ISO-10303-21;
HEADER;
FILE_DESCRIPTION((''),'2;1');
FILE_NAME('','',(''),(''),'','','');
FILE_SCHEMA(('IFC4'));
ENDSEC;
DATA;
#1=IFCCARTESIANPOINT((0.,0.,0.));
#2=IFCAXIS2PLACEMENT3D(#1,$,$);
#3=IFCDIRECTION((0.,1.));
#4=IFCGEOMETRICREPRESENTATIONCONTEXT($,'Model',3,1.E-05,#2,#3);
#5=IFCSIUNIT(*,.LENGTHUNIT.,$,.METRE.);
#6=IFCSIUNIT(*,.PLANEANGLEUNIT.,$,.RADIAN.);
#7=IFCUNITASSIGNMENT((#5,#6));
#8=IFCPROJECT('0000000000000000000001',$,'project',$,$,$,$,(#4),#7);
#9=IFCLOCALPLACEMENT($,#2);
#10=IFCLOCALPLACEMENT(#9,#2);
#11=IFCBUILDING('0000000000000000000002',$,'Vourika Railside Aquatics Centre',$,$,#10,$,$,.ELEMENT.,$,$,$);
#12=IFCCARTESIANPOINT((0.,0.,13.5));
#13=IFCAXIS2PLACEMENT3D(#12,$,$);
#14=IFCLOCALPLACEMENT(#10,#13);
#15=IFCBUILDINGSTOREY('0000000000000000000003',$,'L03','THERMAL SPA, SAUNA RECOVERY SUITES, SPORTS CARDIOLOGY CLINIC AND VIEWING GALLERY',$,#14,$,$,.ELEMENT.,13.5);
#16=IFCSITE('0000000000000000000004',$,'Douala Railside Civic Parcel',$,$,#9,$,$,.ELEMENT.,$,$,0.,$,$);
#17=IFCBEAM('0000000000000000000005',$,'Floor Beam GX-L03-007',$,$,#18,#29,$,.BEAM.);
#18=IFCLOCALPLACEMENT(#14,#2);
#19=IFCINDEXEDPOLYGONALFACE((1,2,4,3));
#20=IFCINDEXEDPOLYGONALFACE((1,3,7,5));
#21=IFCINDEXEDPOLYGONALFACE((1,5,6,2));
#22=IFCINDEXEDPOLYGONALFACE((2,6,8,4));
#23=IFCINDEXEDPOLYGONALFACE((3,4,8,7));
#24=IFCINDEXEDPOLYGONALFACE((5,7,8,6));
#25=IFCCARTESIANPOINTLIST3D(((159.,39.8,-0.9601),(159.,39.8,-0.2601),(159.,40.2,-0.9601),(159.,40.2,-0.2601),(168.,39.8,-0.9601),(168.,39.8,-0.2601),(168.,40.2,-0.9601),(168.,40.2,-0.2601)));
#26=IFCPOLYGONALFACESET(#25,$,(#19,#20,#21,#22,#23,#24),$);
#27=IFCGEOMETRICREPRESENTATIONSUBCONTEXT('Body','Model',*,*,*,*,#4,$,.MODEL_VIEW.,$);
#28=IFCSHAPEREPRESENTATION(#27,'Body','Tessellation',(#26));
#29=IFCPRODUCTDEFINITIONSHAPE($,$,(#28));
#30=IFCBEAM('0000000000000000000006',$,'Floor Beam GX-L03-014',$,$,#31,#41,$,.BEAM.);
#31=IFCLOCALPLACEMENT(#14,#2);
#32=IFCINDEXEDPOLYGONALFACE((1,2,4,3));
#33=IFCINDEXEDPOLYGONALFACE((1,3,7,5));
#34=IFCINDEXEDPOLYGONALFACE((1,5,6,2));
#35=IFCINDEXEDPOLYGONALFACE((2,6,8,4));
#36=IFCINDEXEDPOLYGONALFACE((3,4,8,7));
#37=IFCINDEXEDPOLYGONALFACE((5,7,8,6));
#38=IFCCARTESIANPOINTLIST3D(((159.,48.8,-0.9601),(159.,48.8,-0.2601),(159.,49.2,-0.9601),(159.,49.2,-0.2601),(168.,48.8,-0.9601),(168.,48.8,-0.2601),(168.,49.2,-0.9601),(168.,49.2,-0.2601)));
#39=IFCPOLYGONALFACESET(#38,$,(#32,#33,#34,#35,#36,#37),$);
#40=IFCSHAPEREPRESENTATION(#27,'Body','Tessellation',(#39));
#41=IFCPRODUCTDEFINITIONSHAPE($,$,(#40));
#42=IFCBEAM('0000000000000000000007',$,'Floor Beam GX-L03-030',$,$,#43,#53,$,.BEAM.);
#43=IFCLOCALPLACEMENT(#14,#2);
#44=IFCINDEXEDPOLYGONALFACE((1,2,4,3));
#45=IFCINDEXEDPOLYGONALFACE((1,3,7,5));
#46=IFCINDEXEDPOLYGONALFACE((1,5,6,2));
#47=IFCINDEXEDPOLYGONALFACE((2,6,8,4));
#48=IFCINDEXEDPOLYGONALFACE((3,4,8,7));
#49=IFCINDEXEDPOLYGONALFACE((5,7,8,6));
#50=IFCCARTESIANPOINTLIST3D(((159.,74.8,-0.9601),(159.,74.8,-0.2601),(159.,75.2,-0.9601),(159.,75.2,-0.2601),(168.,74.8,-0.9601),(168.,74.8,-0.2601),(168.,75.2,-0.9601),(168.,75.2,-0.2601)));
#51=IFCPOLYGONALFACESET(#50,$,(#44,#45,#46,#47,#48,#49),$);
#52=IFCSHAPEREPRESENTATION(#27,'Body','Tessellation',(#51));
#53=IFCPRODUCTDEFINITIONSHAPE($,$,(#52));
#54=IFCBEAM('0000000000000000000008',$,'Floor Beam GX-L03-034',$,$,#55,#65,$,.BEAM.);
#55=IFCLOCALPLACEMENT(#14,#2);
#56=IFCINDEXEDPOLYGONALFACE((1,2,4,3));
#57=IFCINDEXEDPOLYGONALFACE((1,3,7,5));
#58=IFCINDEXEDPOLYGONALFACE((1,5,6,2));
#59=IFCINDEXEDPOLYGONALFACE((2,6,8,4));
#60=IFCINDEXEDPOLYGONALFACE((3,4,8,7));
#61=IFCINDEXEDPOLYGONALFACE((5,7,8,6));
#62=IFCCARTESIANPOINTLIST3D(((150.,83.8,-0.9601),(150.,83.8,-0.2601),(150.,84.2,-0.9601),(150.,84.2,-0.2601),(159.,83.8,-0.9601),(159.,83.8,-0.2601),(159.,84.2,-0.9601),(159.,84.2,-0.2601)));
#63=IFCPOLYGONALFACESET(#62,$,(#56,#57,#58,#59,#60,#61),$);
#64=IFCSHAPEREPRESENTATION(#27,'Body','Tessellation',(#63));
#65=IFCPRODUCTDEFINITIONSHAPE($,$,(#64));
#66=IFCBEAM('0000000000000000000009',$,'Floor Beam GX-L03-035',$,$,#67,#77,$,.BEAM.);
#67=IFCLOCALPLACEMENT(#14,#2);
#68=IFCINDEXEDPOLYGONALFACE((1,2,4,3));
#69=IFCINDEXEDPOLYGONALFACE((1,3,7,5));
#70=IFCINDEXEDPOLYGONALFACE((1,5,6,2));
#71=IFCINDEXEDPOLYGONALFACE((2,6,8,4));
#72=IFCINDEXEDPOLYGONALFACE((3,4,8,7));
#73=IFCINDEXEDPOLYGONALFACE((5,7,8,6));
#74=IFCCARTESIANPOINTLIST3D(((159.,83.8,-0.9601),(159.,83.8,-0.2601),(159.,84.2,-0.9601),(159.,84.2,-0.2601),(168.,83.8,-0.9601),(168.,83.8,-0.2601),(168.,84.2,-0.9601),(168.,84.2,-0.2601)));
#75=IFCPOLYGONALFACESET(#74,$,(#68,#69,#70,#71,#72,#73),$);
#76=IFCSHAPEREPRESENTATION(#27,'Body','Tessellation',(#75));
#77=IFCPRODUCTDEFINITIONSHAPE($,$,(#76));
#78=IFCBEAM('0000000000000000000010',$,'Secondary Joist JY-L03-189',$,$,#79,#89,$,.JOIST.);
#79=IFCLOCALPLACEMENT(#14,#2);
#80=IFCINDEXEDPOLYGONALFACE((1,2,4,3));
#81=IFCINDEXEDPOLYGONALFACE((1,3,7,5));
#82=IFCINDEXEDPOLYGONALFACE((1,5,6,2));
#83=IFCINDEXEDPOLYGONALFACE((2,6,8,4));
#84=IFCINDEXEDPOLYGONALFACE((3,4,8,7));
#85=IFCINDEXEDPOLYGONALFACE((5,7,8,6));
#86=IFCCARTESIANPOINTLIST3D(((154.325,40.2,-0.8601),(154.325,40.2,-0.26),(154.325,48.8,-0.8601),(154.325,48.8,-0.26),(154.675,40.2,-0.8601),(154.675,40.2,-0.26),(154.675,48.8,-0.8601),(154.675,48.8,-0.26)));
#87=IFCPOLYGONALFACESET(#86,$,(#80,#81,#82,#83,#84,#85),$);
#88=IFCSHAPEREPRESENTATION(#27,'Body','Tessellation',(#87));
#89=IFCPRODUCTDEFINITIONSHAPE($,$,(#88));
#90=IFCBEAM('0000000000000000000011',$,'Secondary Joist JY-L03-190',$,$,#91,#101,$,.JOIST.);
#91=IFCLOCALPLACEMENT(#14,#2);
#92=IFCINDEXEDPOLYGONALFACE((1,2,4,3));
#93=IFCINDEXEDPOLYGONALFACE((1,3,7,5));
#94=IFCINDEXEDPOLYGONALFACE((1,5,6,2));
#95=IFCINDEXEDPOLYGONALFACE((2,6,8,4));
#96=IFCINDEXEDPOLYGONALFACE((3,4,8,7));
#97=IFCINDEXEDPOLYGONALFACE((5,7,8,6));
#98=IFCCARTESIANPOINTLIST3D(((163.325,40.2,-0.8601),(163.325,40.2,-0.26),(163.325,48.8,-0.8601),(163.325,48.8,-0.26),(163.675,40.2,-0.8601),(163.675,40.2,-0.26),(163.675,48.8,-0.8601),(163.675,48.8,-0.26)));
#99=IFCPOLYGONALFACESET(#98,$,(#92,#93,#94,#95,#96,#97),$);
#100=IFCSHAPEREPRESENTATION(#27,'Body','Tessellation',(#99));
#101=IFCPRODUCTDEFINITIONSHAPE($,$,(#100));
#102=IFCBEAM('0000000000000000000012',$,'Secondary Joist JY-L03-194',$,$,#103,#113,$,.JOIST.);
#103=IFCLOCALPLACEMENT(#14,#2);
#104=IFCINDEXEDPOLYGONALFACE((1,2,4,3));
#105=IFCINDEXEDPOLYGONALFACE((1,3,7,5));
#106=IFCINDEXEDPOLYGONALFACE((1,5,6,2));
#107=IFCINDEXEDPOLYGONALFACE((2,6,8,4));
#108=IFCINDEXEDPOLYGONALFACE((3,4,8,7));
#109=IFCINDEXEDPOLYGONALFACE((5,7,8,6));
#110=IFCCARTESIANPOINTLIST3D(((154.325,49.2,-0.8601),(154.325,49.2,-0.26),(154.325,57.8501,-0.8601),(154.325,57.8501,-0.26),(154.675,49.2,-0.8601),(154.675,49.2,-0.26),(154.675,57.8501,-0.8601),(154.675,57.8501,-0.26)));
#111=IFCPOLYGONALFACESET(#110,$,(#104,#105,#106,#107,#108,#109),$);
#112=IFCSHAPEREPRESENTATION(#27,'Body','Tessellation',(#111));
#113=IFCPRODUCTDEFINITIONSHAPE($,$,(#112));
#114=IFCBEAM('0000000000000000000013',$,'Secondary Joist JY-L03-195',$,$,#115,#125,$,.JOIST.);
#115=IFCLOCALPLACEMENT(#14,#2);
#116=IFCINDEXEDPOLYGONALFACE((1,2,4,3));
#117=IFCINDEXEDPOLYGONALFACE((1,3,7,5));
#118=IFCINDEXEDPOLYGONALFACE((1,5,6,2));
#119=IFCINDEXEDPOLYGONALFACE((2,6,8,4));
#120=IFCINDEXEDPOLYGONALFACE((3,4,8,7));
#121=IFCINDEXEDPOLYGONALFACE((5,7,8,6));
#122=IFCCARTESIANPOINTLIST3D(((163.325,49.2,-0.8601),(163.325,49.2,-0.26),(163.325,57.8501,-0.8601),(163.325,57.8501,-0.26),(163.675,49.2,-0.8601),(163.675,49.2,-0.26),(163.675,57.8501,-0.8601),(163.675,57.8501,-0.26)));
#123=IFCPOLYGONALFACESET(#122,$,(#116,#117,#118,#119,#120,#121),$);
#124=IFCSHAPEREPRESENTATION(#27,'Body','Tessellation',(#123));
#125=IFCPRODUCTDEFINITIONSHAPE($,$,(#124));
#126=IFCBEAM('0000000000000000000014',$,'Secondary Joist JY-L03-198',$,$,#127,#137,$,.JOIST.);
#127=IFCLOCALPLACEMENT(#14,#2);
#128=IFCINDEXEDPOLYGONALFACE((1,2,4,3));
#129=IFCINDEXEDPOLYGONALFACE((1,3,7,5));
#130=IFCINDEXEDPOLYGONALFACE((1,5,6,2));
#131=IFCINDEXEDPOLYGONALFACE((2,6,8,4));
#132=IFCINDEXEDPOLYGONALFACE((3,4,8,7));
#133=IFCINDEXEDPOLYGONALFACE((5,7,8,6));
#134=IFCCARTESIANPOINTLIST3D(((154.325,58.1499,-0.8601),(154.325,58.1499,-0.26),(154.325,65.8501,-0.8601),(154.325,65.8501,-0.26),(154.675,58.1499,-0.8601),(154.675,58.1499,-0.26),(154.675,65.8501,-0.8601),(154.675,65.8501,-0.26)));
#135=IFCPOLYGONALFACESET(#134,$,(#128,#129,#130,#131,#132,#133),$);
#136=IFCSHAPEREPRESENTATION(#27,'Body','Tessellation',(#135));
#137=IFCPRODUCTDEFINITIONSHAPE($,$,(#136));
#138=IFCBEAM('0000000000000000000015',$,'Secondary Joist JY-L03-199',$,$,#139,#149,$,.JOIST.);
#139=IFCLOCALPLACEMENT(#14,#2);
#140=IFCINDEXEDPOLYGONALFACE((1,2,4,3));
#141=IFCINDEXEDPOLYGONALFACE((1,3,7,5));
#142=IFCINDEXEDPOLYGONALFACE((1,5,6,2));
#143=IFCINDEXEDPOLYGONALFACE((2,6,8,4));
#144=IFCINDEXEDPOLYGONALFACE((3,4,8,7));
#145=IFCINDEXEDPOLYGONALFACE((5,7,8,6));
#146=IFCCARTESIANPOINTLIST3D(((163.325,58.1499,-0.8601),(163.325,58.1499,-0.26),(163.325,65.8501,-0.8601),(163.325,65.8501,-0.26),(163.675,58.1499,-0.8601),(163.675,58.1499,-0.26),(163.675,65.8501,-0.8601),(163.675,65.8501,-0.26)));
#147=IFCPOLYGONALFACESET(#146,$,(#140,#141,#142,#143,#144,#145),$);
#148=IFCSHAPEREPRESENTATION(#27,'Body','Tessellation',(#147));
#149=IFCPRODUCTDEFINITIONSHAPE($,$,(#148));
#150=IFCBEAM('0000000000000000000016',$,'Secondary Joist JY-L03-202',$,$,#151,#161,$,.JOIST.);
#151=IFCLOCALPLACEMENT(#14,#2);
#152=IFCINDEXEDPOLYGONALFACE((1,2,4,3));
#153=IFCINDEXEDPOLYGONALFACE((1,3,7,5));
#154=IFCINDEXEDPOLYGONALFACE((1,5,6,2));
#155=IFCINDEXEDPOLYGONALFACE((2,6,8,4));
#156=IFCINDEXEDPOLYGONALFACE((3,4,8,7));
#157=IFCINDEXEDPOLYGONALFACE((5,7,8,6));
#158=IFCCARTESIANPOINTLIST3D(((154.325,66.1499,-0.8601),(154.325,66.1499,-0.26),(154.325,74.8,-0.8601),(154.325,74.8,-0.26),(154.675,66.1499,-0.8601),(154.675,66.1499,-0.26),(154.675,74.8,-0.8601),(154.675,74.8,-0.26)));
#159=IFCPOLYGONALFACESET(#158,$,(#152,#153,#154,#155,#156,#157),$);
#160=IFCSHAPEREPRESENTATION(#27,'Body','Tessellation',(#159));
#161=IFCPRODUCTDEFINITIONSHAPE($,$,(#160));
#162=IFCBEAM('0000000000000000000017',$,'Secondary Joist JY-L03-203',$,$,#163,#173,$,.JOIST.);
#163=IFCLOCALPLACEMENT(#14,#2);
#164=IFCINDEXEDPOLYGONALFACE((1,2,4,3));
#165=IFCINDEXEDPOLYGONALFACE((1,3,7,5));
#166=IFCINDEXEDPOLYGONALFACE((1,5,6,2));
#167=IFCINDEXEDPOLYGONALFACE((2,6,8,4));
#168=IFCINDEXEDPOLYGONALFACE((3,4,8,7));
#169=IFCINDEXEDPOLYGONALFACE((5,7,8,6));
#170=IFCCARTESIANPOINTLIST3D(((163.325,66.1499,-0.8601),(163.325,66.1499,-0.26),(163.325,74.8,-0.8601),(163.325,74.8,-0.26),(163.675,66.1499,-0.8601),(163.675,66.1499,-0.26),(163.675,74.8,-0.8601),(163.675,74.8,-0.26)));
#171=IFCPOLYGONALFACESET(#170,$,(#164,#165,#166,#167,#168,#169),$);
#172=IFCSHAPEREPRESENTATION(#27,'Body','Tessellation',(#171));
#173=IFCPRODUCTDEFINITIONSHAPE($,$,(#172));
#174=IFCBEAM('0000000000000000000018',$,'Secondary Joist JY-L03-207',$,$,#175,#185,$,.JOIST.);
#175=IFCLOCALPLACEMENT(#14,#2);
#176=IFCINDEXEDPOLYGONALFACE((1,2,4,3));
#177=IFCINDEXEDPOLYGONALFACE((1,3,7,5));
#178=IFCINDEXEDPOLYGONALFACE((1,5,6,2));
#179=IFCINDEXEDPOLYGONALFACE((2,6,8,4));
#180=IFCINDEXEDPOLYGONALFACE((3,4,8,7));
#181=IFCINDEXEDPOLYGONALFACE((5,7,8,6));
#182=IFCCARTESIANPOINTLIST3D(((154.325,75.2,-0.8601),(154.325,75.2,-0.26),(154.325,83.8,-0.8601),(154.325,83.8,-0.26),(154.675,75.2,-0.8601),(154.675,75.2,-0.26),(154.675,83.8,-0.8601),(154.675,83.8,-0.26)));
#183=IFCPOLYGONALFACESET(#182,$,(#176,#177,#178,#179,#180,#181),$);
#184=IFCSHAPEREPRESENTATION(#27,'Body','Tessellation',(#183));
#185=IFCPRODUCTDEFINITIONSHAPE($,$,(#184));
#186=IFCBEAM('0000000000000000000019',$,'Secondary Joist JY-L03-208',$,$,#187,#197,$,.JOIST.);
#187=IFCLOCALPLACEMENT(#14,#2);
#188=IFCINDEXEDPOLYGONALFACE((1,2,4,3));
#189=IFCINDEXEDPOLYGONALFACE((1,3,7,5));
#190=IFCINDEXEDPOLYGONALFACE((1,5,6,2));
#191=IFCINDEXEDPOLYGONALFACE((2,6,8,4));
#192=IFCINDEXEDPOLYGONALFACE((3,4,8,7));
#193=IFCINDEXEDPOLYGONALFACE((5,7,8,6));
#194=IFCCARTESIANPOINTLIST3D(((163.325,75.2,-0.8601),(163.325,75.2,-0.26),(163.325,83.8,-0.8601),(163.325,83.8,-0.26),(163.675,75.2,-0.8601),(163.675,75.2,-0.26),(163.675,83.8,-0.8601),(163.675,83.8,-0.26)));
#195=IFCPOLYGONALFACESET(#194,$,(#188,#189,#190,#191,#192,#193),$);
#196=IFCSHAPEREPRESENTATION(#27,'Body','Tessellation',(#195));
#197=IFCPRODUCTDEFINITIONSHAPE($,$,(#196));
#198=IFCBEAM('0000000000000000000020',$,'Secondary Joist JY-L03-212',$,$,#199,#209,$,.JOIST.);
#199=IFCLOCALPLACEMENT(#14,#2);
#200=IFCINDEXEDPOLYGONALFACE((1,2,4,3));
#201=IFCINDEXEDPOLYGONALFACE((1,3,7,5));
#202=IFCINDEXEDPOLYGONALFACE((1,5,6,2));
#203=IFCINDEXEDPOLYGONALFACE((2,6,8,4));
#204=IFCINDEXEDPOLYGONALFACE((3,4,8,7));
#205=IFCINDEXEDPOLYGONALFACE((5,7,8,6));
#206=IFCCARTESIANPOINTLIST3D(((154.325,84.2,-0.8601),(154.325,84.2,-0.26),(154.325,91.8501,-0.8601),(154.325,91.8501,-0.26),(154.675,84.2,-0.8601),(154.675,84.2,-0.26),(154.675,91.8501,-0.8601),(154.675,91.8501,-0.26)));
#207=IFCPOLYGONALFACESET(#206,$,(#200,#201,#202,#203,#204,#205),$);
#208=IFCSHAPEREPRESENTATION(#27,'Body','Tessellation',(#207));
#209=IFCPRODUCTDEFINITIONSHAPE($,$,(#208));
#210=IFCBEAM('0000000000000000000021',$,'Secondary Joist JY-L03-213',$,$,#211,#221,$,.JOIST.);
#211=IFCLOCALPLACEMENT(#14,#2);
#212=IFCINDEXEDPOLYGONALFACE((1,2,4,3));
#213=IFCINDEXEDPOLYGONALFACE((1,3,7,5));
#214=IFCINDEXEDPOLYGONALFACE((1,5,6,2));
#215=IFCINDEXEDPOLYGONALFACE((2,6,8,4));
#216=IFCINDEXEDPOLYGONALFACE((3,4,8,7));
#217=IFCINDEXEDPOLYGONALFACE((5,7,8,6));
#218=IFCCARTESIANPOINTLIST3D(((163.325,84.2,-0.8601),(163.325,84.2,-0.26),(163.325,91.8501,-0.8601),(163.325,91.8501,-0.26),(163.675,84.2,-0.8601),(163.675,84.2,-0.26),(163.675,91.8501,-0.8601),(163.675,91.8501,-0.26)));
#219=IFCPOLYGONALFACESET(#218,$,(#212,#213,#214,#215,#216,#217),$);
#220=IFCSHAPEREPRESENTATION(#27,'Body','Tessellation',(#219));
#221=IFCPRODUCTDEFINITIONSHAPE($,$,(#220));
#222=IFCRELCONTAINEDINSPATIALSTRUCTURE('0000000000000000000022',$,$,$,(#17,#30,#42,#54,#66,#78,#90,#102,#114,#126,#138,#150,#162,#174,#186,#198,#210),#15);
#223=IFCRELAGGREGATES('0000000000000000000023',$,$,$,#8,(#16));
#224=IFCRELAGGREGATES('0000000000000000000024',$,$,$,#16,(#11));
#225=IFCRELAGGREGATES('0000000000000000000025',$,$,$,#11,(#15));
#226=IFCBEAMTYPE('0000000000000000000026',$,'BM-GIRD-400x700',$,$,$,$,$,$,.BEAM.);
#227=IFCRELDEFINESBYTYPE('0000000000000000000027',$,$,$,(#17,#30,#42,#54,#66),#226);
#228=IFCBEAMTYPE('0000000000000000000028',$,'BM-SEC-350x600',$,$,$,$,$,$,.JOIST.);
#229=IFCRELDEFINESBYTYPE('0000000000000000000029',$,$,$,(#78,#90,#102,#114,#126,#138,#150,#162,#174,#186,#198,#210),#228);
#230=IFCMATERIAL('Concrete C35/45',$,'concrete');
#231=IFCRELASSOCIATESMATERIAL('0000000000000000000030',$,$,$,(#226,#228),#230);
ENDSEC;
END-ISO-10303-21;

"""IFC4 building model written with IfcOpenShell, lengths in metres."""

from ifc_helpers import new_model, si_unit, direction, frame, origin, origin_2d, place, context, subcontext, project, spatial, rectangle, extrude, material, material_profile, profile_set, type_object, element, save


model = new_model("IFC4")

# Units and contexts
model_context = context("Model", 3, precision=1e-05, world=origin(), true_north=direction((0.0, 1.0)))
body_context = subcontext(model_context, "Body", "Model", "MODEL_VIEW")
ifc_project = project(units=[si_unit("LENGTHUNIT", "METRE"), si_unit("PLANEANGLEUNIT", "RADIAN")], contexts=[model_context])

# Site, building, storey
site_placement = place(None, origin())
site = spatial("IfcSite", under=ifc_project, at=site_placement, Name="Douala Railside Civic Parcel", CompositionType="ELEMENT", RefElevation=0.0)
building_placement = place(site_placement, origin())
building = spatial("IfcBuilding", under=site, at=building_placement, Name="Vourika Railside Aquatics Centre", CompositionType="ELEMENT")
storey_placement = place(building_placement, frame((0.0, 0.0, 13.5)))
storey = spatial("IfcBuildingStorey", under=building, at=storey_placement, Name="L03", Description="THERMAL SPA, SAUNA RECOVERY SUITES, SPORTS CARDIOLOGY CLINIC AND VIEWING GALLERY", CompositionType="ELEMENT", Elevation=13.5)

# Beams
ifc_material_1 = material(Name="Concrete C35/45", Category="concrete")
ifc_material_profile_1 = material_profile(ifc_material_1, rectangle(XDim=0.3999, YDim=0.7, at=origin_2d()), Name="RC 400x700")
ifc_profile_set_1 = profile_set([ifc_material_profile_1], Name="Concrete C35/45")
beam_type_1 = type_object("IfcBeamType", Name="BM-GIRD-400x700", PredefinedType="BEAM", material=ifc_profile_set_1)
for number, where, z_axis, x_axis, name in (
    (1, (159.0, 40.0, -0.6101), (1.0, 0.0, 0.0), (0.0, 1.0, 0.0), "Floor Beam GX-L03-007"),
    (2, (159.0, 49.0, -0.6101), (1.0, 0.0, 0.0), (0.0, 1.0, 0.0), "Floor Beam GX-L03-014"),
    (3, (159.0, 75.0, -0.6101), (1.0, 0.0, 0.0), (0.0, 1.0, 0.0), "Floor Beam GX-L03-030"),
    (4, (150.0, 84.0, -0.6101), (1.0, 0.0, 0.0), (0.0, 1.0, 0.0), "Floor Beam GX-L03-034"),
    (5, (159.0, 84.0, -0.6101), (1.0, 0.0, 0.0), (0.0, 1.0, 0.0), "Floor Beam GX-L03-035"),
):
    element("IfcBeam", number, at=place(storey_placement, frame(where, z_axis=z_axis, x_axis=x_axis)), inside=storey, type_object=beam_type_1, Name=name, PredefinedType="BEAM", context=body_context, shape_type="SweptSolid", body=[
        extrude(rectangle(XDim=0.3999, YDim=0.7, at=origin_2d()), origin(), (0.0, 0.0, 1.0), 9.0),
    ])
ifc_material_profile_2 = material_profile(ifc_material_1, rectangle(XDim=0.3501, YDim=0.6001, at=origin_2d()), Name="RC 350x600")
ifc_profile_set_2 = profile_set([ifc_material_profile_2], Name="Concrete C35/45")
beam_type_2 = type_object("IfcBeamType", Name="BM-SEC-350x600", PredefinedType="JOIST", material=ifc_profile_set_2)
for number, where, z_axis, x_axis, name in (
    (6, (154.5, 40.2, -0.5601), (0.0, 1.0, 0.0), (-1.0, 0.0, 0.0), "Secondary Joist JY-L03-189"),
    (7, (163.5, 40.2, -0.5601), (0.0, 1.0, 0.0), (-1.0, 0.0, 0.0), "Secondary Joist JY-L03-190"),
):
    element("IfcBeam", number, at=place(storey_placement, frame(where, z_axis=z_axis, x_axis=x_axis)), inside=storey, type_object=beam_type_2, Name=name, PredefinedType="JOIST", context=body_context, shape_type="SweptSolid", body=[
        extrude(rectangle(XDim=0.3501, YDim=0.6001, at=origin_2d()), origin(), (0.0, 0.0, 1.0), 8.6001),
    ])
for number, where, z_axis, x_axis, name in (
    (8, (154.5, 49.2, -0.5601), (0.0, 1.0, 0.0), (-1.0, 0.0, 0.0), "Secondary Joist JY-L03-194"),
    (9, (163.5, 49.2, -0.5601), (0.0, 1.0, 0.0), (-1.0, 0.0, 0.0), "Secondary Joist JY-L03-195"),
):
    element("IfcBeam", number, at=place(storey_placement, frame(where, z_axis=z_axis, x_axis=x_axis)), inside=storey, type_object=beam_type_2, Name=name, PredefinedType="JOIST", context=body_context, shape_type="SweptSolid", body=[
        extrude(rectangle(XDim=0.3501, YDim=0.6001, at=origin_2d()), origin(), (0.0, 0.0, 1.0), 8.6501),
    ])
for number, where, z_axis, x_axis, name in (
    (10, (154.5, 58.1499, -0.5601), (0.0, 1.0, 0.0), (-1.0, 0.0, 0.0), "Secondary Joist JY-L03-198"),
    (11, (163.5, 58.1499, -0.5601), (0.0, 1.0, 0.0), (-1.0, 0.0, 0.0), "Secondary Joist JY-L03-199"),
):
    element("IfcBeam", number, at=place(storey_placement, frame(where, z_axis=z_axis, x_axis=x_axis)), inside=storey, type_object=beam_type_2, Name=name, PredefinedType="JOIST", context=body_context, shape_type="SweptSolid", body=[
        extrude(rectangle(XDim=0.3501, YDim=0.6001, at=origin_2d()), origin(), (0.0, 0.0, 1.0), 7.7002),
    ])
for number, where, z_axis, x_axis, name in (
    (12, (154.5, 66.1499, -0.5601), (0.0, 1.0, 0.0), (-1.0, 0.0, 0.0), "Secondary Joist JY-L03-202"),
    (13, (163.5, 66.1499, -0.5601), (0.0, 1.0, 0.0), (-1.0, 0.0, 0.0), "Secondary Joist JY-L03-203"),
):
    element("IfcBeam", number, at=place(storey_placement, frame(where, z_axis=z_axis, x_axis=x_axis)), inside=storey, type_object=beam_type_2, Name=name, PredefinedType="JOIST", context=body_context, shape_type="SweptSolid", body=[
        extrude(rectangle(XDim=0.3501, YDim=0.6001, at=origin_2d()), origin(), (0.0, 0.0, 1.0), 8.6501),
    ])
for number, where, z_axis, x_axis, name in (
    (14, (154.5, 75.2, -0.5601), (0.0, 1.0, 0.0), (-1.0, 0.0, 0.0), "Secondary Joist JY-L03-207"),
    (15, (163.5, 75.2, -0.5601), (0.0, 1.0, 0.0), (-1.0, 0.0, 0.0), "Secondary Joist JY-L03-208"),
):
    element("IfcBeam", number, at=place(storey_placement, frame(where, z_axis=z_axis, x_axis=x_axis)), inside=storey, type_object=beam_type_2, Name=name, PredefinedType="JOIST", context=body_context, shape_type="SweptSolid", body=[
        extrude(rectangle(XDim=0.3501, YDim=0.6001, at=origin_2d()), origin(), (0.0, 0.0, 1.0), 8.6001),
    ])
for number, where, z_axis, x_axis, name in (
    (16, (154.5, 84.2, -0.5601), (0.0, 1.0, 0.0), (-1.0, 0.0, 0.0), "Secondary Joist JY-L03-212"),
    (17, (163.5, 84.2, -0.5601), (0.0, 1.0, 0.0), (-1.0, 0.0, 0.0), "Secondary Joist JY-L03-213"),
):
    element("IfcBeam", number, at=place(storey_placement, frame(where, z_axis=z_axis, x_axis=x_axis)), inside=storey, type_object=beam_type_2, Name=name, PredefinedType="JOIST", context=body_context, shape_type="SweptSolid", body=[
        extrude(rectangle(XDim=0.3501, YDim=0.6001, at=origin_2d()), origin(), (0.0, 0.0, 1.0), 7.6501),
    ])

save(model, "model.ifc")
